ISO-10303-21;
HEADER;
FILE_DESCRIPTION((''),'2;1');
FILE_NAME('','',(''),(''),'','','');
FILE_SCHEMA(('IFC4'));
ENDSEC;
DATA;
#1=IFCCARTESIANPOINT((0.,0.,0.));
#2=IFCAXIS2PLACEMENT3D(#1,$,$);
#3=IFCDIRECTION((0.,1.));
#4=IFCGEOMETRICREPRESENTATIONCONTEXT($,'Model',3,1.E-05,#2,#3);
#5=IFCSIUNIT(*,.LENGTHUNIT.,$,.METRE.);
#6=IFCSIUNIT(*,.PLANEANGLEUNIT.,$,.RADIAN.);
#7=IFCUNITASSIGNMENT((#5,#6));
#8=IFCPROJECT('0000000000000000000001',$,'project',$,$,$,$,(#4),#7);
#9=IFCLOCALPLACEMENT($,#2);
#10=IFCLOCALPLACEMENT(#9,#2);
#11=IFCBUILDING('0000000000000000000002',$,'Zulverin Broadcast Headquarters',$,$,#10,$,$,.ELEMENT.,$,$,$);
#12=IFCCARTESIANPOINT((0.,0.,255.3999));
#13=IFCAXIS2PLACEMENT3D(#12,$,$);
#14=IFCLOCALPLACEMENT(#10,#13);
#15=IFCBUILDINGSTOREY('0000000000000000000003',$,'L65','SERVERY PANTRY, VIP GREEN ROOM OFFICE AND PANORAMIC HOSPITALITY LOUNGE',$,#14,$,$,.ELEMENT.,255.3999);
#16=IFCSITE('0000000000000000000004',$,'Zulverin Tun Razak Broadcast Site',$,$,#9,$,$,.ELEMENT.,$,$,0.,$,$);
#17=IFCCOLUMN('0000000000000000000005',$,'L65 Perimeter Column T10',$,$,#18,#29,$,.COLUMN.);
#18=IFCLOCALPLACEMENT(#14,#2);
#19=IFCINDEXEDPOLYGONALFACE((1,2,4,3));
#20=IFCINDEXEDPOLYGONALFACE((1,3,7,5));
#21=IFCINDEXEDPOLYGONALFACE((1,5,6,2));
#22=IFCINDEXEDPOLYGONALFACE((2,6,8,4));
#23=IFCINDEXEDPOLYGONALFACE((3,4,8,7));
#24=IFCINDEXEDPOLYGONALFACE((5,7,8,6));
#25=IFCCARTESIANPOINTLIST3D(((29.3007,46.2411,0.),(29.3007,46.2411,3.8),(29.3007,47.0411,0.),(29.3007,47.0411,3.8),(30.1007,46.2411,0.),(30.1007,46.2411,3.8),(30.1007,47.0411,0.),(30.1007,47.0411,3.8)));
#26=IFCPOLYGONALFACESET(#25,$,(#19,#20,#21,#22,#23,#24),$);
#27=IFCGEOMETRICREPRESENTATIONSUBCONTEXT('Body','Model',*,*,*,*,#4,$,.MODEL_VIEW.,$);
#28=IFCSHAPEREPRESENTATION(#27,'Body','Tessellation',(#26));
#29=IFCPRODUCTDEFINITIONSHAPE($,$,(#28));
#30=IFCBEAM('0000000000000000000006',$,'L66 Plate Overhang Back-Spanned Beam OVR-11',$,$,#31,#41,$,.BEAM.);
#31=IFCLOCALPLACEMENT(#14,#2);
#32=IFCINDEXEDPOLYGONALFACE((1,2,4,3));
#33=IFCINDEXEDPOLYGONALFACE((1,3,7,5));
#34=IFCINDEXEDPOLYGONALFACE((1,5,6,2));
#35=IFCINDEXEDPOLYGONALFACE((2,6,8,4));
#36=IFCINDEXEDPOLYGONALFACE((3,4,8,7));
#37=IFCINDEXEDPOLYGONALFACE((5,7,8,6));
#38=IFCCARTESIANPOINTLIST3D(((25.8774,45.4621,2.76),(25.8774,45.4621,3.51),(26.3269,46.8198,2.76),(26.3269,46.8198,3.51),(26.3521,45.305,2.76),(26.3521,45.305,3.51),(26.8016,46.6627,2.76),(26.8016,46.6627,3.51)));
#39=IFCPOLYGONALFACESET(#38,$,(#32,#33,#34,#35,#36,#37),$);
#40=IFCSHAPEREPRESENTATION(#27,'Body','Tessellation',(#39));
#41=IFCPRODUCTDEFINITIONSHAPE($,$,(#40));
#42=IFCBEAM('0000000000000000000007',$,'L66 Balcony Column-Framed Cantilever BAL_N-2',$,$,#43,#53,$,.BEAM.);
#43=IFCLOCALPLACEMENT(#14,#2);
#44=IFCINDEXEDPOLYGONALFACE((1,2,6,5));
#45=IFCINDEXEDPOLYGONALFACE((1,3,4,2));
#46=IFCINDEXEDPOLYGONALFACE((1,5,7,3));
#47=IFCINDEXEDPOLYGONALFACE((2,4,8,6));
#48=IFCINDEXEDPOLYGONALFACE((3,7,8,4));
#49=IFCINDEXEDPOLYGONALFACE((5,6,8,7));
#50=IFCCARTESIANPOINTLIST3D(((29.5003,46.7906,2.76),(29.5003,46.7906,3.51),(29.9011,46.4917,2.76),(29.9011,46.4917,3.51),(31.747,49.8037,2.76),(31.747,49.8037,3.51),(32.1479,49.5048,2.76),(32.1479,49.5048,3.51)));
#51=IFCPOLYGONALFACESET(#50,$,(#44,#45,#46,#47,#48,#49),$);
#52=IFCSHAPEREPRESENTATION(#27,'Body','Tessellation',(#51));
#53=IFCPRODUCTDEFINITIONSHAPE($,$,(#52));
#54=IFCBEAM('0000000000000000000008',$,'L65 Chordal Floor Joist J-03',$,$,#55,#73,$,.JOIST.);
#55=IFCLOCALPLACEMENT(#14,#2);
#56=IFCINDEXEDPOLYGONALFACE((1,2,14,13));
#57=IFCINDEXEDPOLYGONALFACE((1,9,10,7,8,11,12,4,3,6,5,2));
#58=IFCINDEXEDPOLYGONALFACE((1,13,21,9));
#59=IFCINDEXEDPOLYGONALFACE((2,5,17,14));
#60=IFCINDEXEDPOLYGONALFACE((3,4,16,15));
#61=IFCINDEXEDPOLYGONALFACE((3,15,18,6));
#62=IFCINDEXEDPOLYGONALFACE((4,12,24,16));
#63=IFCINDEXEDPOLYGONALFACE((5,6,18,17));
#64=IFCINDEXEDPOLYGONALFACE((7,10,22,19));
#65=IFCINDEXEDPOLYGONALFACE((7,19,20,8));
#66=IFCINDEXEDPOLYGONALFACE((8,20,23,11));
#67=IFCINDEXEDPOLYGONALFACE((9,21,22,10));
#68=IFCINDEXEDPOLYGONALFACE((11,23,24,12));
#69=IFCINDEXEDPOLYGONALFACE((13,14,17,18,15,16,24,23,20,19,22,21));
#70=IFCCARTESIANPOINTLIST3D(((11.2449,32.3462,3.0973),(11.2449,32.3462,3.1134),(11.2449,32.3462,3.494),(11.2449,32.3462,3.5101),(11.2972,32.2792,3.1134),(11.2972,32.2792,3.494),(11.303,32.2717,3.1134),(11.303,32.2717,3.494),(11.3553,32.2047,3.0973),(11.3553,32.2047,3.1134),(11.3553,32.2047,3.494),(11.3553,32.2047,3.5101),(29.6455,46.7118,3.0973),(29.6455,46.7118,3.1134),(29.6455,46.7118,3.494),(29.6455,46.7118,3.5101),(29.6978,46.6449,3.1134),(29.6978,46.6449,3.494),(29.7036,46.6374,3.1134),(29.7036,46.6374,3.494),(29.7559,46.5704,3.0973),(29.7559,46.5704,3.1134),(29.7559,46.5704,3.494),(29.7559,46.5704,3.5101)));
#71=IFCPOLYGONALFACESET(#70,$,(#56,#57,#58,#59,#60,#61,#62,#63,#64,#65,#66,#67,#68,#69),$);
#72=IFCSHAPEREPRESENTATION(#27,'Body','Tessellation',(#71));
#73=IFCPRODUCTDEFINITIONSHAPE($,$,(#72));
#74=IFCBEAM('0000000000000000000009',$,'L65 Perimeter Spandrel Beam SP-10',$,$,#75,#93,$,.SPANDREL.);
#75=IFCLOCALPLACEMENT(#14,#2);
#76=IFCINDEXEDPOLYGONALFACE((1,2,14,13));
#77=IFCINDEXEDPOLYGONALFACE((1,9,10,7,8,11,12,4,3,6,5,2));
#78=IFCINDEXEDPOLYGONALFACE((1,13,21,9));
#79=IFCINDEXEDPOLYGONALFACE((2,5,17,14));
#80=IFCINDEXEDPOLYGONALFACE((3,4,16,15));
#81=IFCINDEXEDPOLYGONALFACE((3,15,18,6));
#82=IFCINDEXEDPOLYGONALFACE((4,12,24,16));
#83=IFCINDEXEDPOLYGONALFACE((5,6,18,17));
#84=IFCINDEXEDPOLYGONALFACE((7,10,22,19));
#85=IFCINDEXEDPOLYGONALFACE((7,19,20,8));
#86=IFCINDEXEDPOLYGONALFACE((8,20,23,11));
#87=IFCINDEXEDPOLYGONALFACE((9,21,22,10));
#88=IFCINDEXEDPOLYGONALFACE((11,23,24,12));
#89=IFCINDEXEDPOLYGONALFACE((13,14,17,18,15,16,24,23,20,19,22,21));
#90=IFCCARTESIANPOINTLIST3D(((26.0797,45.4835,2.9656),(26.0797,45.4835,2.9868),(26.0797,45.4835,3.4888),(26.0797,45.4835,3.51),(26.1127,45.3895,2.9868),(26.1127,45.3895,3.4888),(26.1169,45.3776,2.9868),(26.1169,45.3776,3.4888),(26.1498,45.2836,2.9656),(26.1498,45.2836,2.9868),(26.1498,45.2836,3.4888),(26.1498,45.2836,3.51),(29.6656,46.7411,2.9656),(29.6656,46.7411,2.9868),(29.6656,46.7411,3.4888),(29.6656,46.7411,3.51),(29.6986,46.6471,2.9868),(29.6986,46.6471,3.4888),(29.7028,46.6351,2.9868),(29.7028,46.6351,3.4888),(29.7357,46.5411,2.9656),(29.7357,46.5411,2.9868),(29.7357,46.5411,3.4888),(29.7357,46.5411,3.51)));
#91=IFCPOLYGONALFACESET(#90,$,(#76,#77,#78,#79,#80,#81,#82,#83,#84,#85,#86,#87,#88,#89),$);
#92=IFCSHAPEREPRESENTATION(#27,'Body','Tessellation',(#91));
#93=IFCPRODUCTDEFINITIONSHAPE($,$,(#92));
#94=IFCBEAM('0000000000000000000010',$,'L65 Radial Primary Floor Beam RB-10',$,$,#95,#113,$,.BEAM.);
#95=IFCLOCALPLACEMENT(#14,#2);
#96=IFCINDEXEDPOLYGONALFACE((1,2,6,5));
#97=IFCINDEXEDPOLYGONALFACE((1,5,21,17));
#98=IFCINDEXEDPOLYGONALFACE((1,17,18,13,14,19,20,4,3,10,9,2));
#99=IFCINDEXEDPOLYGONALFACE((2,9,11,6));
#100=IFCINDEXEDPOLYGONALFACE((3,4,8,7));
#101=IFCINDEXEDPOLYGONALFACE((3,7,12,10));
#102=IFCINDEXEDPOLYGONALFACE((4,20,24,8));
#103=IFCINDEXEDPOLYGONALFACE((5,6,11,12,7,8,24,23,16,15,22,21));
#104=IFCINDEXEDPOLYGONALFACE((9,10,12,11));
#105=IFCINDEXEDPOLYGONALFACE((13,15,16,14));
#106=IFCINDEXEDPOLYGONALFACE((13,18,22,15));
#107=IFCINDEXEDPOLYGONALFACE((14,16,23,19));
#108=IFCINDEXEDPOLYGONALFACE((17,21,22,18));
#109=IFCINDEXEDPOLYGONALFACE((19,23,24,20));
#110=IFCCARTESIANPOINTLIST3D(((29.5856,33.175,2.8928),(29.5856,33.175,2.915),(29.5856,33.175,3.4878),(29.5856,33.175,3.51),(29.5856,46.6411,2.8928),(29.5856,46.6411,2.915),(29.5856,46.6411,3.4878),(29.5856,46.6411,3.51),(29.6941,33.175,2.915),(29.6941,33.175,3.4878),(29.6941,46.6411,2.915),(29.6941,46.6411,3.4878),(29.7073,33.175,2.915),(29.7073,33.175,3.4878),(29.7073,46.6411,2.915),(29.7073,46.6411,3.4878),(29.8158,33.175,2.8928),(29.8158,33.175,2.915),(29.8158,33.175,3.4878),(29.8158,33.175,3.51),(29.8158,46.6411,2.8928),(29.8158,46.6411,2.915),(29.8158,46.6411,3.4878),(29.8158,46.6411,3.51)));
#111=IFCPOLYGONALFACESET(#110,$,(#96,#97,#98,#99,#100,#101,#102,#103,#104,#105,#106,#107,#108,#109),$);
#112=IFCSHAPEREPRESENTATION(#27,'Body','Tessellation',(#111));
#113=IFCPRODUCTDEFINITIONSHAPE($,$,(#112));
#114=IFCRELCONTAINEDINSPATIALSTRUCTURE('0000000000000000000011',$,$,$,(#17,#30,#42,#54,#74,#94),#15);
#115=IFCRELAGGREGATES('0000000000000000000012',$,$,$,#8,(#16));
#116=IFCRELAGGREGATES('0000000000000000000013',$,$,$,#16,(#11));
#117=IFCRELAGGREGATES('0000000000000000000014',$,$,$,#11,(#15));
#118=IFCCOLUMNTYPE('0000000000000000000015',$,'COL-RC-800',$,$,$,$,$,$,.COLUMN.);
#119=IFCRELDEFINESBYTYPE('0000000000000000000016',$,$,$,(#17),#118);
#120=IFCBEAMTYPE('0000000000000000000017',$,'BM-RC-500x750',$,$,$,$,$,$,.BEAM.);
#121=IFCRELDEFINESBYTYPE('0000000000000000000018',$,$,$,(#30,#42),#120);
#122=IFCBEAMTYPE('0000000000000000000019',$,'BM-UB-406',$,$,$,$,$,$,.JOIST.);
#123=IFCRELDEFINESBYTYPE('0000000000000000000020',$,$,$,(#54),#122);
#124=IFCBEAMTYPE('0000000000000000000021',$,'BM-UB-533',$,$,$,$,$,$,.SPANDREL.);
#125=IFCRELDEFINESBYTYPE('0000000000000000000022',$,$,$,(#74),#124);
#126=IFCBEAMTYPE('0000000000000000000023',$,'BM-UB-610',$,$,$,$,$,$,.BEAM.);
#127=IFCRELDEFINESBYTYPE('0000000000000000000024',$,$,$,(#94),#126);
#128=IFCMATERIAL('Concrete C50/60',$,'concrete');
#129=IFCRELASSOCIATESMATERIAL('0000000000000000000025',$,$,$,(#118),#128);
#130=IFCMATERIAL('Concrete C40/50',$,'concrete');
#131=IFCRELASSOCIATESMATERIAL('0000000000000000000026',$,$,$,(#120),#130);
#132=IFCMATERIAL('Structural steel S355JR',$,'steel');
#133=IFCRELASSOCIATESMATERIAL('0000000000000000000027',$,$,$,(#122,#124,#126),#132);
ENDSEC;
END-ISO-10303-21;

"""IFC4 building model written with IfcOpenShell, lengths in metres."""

from ifc_helpers import new_model, si_unit, direction, frame, origin, origin_2d, place, context, subcontext, project, spatial, rectangle, i_section, extrude, material, material_profile, profile_set, type_object, element, save


model = new_model("IFC4")

# Units and contexts
model_context = context("Model", 3, precision=1e-05, world=origin(), true_north=direction((0.0, 1.0)))
body_context = subcontext(model_context, "Body", "Model", "MODEL_VIEW")
ifc_project = project(units=[si_unit("LENGTHUNIT", "METRE"), si_unit("PLANEANGLEUNIT", "RADIAN")], contexts=[model_context])

# Site, building, storey
site_placement = place(None, origin())
site = spatial("IfcSite", under=ifc_project, at=site_placement, Name="Zulverin Tun Razak Broadcast Site", CompositionType="ELEMENT", RefElevation=0.0)
building_placement = place(site_placement, origin())
building = spatial("IfcBuilding", under=site, at=building_placement, Name="Zulverin Broadcast Headquarters", CompositionType="ELEMENT")
storey_placement = place(building_placement, frame((0.0, 0.0, 255.3999)))
storey = spatial("IfcBuildingStorey", under=building, at=storey_placement, Name="L65", Description="SERVERY PANTRY, VIP GREEN ROOM OFFICE AND PANORAMIC HOSPITALITY LOUNGE", CompositionType="ELEMENT", Elevation=255.3999)

# Column
ifc_material_1 = material(Name="Concrete C50/60", Category="concrete")
ifc_material_profile_1 = material_profile(ifc_material_1, rectangle(XDim=0.8, YDim=0.8, at=origin_2d()), Name="Concrete C50/60", Category="concrete")
ifc_profile_set_1 = profile_set([ifc_material_profile_1], Name="Concrete C50/60")
column_type = type_object("IfcColumnType", Name="COL-RC-800", PredefinedType="COLUMN", material=ifc_profile_set_1)
column_placement = place(storey_placement, frame((29.7007, 46.6411, 0.0), z_axis=(0.0, 0.0, 1.0), x_axis=(1.0, 0.0, 0.0)))
element("IfcColumn", 1, at=column_placement, inside=storey, type_object=column_type, Name="L65 Perimeter Column T10", PredefinedType="COLUMN", context=body_context, shape_type="SweptSolid", body=[
    extrude(rectangle(XDim=0.8, YDim=0.8, at=origin_2d()), origin(), (0.0, 0.0, 1.0), 3.8),
])

# Beams
ifc_material_2 = material(Name="Concrete C40/50", Category="concrete")
ifc_material_profile_2 = material_profile(ifc_material_2, rectangle(XDim=0.5, YDim=0.75, at=origin_2d()), Name="Concrete C40/50", Category="concrete")
ifc_profile_set_2 = profile_set([ifc_material_profile_2], Name="Concrete C40/50")
beam_type_1 = type_object("IfcBeamType", Name="BM-RC-500x750", PredefinedType="BEAM", material=ifc_profile_set_2)
beam_1_placement = place(storey_placement, frame((26.1147, 45.3835, 3.135), z_axis=(0.314281, 0.94933, 0.0), x_axis=(-0.94933, 0.314281, 0.0)))
element("IfcBeam", 2, at=beam_1_placement, inside=storey, type_object=beam_type_1, Name="L66 Plate Overhang Back-Spanned Beam OVR-11", PredefinedType="BEAM", context=body_context, shape_type="SweptSolid", body=[
    extrude(rectangle(XDim=0.5, YDim=0.75, at=origin_2d()), origin(), (0.0, 0.0, 1.0), 1.4302),
])
beam_2_placement = place(storey_placement, frame((29.7007, 46.6411, 3.135), z_axis=(0.597774, 0.801665, 0.0), x_axis=(-0.801665, 0.597774, 0.0)))
element("IfcBeam", 3, at=beam_2_placement, inside=storey, type_object=beam_type_1, Name="L66 Balcony Column-Framed Cantilever BAL_N-2", PredefinedType="BEAM", context=body_context, shape_type="SweptSolid", body=[
    extrude(rectangle(XDim=0.5, YDim=0.75, at=origin_2d()), origin(), (0.0, 0.0, 1.0), 3.7585),
])
ifc_material_3 = material(Name="Structural steel S355JR", Category="steel")
ifc_material_profile_3 = material_profile(ifc_material_3, i_section(OverallWidth=0.1794, OverallDepth=0.4128, WebThickness=0.0095, FlangeThickness=0.0161, at=origin_2d()), Name="Structural steel S355JR", Category="steel")
ifc_profile_set_3 = profile_set([ifc_material_profile_3], Name="Structural steel S355JR")
beam_type_2 = type_object("IfcBeamType", Name="BM-UB-406", PredefinedType="JOIST", material=ifc_profile_set_3)
beam_3_placement = place(storey_placement, frame((29.7007, 46.6411, 3.3037), z_axis=(-0.788227, -0.615384, 0.0), x_axis=(0.615384, -0.788227, 0.0)))
element("IfcBeam", 4, at=beam_3_placement, inside=storey, type_object=beam_type_2, Name="L65 Chordal Floor Joist J-03", PredefinedType="JOIST", context=body_context, shape_type="SweptSolid", body=[
    extrude(i_section(OverallWidth=0.1794, OverallDepth=0.4128, WebThickness=0.0095, FlangeThickness=0.0161, at=origin_2d()), origin(), (0.0, 0.0, 1.0), 23.3442),
])
ifc_material_profile_4 = material_profile(ifc_material_3, i_section(OverallWidth=0.2119, OverallDepth=0.5444, WebThickness=0.0127, FlangeThickness=0.0212, at=origin_2d()), Name="Structural steel S355JR", Category="steel")
ifc_profile_set_4 = profile_set([ifc_material_profile_4], Name="Structural steel S355JR")
beam_type_3 = type_object("IfcBeamType", Name="BM-UB-533", PredefinedType="SPANDREL", material=ifc_profile_set_4)
beam_4_placement = place(storey_placement, frame((29.7007, 46.6411, 3.2378), z_axis=(-0.943654, -0.330934, 0.0), x_axis=(0.330934, -0.943654, 0.0)))
element("IfcBeam", 5, at=beam_4_placement, inside=storey, type_object=beam_type_3, Name="L65 Perimeter Spandrel Beam SP-10", PredefinedType="SPANDREL", context=body_context, shape_type="SweptSolid", body=[
    extrude(i_section(OverallWidth=0.2119, OverallDepth=0.5444, WebThickness=0.0127, FlangeThickness=0.0212, at=origin_2d()), origin(), (0.0, 0.0, 1.0), 3.8),
])
ifc_material_profile_5 = material_profile(ifc_material_3, i_section(OverallWidth=0.2302, OverallDepth=0.6172, WebThickness=0.0132, FlangeThickness=0.0222, at=origin_2d()), Name="Structural steel S355JR", Category="steel")
ifc_profile_set_5 = profile_set([ifc_material_profile_5], Name="Structural steel S355JR")
beam_type_4 = type_object("IfcBeamType", Name="BM-UB-610", PredefinedType="BEAM", material=ifc_profile_set_5)
beam_5_placement = place(storey_placement, frame((29.7007, 33.175, 3.2014), z_axis=(0.0, 1.0, 0.0), x_axis=(-1.0, 0.0, 0.0)))
element("IfcBeam", 6, at=beam_5_placement, inside=storey, type_object=beam_type_4, Name="L65 Radial Primary Floor Beam RB-10", PredefinedType="BEAM", context=body_context, shape_type="SweptSolid", body=[
    extrude(i_section(OverallWidth=0.2302, OverallDepth=0.6172, WebThickness=0.0132, FlangeThickness=0.0222, at=origin_2d()), origin(), (0.0, 0.0, 1.0), 13.4661),
])

save(model, "model.ifc")
